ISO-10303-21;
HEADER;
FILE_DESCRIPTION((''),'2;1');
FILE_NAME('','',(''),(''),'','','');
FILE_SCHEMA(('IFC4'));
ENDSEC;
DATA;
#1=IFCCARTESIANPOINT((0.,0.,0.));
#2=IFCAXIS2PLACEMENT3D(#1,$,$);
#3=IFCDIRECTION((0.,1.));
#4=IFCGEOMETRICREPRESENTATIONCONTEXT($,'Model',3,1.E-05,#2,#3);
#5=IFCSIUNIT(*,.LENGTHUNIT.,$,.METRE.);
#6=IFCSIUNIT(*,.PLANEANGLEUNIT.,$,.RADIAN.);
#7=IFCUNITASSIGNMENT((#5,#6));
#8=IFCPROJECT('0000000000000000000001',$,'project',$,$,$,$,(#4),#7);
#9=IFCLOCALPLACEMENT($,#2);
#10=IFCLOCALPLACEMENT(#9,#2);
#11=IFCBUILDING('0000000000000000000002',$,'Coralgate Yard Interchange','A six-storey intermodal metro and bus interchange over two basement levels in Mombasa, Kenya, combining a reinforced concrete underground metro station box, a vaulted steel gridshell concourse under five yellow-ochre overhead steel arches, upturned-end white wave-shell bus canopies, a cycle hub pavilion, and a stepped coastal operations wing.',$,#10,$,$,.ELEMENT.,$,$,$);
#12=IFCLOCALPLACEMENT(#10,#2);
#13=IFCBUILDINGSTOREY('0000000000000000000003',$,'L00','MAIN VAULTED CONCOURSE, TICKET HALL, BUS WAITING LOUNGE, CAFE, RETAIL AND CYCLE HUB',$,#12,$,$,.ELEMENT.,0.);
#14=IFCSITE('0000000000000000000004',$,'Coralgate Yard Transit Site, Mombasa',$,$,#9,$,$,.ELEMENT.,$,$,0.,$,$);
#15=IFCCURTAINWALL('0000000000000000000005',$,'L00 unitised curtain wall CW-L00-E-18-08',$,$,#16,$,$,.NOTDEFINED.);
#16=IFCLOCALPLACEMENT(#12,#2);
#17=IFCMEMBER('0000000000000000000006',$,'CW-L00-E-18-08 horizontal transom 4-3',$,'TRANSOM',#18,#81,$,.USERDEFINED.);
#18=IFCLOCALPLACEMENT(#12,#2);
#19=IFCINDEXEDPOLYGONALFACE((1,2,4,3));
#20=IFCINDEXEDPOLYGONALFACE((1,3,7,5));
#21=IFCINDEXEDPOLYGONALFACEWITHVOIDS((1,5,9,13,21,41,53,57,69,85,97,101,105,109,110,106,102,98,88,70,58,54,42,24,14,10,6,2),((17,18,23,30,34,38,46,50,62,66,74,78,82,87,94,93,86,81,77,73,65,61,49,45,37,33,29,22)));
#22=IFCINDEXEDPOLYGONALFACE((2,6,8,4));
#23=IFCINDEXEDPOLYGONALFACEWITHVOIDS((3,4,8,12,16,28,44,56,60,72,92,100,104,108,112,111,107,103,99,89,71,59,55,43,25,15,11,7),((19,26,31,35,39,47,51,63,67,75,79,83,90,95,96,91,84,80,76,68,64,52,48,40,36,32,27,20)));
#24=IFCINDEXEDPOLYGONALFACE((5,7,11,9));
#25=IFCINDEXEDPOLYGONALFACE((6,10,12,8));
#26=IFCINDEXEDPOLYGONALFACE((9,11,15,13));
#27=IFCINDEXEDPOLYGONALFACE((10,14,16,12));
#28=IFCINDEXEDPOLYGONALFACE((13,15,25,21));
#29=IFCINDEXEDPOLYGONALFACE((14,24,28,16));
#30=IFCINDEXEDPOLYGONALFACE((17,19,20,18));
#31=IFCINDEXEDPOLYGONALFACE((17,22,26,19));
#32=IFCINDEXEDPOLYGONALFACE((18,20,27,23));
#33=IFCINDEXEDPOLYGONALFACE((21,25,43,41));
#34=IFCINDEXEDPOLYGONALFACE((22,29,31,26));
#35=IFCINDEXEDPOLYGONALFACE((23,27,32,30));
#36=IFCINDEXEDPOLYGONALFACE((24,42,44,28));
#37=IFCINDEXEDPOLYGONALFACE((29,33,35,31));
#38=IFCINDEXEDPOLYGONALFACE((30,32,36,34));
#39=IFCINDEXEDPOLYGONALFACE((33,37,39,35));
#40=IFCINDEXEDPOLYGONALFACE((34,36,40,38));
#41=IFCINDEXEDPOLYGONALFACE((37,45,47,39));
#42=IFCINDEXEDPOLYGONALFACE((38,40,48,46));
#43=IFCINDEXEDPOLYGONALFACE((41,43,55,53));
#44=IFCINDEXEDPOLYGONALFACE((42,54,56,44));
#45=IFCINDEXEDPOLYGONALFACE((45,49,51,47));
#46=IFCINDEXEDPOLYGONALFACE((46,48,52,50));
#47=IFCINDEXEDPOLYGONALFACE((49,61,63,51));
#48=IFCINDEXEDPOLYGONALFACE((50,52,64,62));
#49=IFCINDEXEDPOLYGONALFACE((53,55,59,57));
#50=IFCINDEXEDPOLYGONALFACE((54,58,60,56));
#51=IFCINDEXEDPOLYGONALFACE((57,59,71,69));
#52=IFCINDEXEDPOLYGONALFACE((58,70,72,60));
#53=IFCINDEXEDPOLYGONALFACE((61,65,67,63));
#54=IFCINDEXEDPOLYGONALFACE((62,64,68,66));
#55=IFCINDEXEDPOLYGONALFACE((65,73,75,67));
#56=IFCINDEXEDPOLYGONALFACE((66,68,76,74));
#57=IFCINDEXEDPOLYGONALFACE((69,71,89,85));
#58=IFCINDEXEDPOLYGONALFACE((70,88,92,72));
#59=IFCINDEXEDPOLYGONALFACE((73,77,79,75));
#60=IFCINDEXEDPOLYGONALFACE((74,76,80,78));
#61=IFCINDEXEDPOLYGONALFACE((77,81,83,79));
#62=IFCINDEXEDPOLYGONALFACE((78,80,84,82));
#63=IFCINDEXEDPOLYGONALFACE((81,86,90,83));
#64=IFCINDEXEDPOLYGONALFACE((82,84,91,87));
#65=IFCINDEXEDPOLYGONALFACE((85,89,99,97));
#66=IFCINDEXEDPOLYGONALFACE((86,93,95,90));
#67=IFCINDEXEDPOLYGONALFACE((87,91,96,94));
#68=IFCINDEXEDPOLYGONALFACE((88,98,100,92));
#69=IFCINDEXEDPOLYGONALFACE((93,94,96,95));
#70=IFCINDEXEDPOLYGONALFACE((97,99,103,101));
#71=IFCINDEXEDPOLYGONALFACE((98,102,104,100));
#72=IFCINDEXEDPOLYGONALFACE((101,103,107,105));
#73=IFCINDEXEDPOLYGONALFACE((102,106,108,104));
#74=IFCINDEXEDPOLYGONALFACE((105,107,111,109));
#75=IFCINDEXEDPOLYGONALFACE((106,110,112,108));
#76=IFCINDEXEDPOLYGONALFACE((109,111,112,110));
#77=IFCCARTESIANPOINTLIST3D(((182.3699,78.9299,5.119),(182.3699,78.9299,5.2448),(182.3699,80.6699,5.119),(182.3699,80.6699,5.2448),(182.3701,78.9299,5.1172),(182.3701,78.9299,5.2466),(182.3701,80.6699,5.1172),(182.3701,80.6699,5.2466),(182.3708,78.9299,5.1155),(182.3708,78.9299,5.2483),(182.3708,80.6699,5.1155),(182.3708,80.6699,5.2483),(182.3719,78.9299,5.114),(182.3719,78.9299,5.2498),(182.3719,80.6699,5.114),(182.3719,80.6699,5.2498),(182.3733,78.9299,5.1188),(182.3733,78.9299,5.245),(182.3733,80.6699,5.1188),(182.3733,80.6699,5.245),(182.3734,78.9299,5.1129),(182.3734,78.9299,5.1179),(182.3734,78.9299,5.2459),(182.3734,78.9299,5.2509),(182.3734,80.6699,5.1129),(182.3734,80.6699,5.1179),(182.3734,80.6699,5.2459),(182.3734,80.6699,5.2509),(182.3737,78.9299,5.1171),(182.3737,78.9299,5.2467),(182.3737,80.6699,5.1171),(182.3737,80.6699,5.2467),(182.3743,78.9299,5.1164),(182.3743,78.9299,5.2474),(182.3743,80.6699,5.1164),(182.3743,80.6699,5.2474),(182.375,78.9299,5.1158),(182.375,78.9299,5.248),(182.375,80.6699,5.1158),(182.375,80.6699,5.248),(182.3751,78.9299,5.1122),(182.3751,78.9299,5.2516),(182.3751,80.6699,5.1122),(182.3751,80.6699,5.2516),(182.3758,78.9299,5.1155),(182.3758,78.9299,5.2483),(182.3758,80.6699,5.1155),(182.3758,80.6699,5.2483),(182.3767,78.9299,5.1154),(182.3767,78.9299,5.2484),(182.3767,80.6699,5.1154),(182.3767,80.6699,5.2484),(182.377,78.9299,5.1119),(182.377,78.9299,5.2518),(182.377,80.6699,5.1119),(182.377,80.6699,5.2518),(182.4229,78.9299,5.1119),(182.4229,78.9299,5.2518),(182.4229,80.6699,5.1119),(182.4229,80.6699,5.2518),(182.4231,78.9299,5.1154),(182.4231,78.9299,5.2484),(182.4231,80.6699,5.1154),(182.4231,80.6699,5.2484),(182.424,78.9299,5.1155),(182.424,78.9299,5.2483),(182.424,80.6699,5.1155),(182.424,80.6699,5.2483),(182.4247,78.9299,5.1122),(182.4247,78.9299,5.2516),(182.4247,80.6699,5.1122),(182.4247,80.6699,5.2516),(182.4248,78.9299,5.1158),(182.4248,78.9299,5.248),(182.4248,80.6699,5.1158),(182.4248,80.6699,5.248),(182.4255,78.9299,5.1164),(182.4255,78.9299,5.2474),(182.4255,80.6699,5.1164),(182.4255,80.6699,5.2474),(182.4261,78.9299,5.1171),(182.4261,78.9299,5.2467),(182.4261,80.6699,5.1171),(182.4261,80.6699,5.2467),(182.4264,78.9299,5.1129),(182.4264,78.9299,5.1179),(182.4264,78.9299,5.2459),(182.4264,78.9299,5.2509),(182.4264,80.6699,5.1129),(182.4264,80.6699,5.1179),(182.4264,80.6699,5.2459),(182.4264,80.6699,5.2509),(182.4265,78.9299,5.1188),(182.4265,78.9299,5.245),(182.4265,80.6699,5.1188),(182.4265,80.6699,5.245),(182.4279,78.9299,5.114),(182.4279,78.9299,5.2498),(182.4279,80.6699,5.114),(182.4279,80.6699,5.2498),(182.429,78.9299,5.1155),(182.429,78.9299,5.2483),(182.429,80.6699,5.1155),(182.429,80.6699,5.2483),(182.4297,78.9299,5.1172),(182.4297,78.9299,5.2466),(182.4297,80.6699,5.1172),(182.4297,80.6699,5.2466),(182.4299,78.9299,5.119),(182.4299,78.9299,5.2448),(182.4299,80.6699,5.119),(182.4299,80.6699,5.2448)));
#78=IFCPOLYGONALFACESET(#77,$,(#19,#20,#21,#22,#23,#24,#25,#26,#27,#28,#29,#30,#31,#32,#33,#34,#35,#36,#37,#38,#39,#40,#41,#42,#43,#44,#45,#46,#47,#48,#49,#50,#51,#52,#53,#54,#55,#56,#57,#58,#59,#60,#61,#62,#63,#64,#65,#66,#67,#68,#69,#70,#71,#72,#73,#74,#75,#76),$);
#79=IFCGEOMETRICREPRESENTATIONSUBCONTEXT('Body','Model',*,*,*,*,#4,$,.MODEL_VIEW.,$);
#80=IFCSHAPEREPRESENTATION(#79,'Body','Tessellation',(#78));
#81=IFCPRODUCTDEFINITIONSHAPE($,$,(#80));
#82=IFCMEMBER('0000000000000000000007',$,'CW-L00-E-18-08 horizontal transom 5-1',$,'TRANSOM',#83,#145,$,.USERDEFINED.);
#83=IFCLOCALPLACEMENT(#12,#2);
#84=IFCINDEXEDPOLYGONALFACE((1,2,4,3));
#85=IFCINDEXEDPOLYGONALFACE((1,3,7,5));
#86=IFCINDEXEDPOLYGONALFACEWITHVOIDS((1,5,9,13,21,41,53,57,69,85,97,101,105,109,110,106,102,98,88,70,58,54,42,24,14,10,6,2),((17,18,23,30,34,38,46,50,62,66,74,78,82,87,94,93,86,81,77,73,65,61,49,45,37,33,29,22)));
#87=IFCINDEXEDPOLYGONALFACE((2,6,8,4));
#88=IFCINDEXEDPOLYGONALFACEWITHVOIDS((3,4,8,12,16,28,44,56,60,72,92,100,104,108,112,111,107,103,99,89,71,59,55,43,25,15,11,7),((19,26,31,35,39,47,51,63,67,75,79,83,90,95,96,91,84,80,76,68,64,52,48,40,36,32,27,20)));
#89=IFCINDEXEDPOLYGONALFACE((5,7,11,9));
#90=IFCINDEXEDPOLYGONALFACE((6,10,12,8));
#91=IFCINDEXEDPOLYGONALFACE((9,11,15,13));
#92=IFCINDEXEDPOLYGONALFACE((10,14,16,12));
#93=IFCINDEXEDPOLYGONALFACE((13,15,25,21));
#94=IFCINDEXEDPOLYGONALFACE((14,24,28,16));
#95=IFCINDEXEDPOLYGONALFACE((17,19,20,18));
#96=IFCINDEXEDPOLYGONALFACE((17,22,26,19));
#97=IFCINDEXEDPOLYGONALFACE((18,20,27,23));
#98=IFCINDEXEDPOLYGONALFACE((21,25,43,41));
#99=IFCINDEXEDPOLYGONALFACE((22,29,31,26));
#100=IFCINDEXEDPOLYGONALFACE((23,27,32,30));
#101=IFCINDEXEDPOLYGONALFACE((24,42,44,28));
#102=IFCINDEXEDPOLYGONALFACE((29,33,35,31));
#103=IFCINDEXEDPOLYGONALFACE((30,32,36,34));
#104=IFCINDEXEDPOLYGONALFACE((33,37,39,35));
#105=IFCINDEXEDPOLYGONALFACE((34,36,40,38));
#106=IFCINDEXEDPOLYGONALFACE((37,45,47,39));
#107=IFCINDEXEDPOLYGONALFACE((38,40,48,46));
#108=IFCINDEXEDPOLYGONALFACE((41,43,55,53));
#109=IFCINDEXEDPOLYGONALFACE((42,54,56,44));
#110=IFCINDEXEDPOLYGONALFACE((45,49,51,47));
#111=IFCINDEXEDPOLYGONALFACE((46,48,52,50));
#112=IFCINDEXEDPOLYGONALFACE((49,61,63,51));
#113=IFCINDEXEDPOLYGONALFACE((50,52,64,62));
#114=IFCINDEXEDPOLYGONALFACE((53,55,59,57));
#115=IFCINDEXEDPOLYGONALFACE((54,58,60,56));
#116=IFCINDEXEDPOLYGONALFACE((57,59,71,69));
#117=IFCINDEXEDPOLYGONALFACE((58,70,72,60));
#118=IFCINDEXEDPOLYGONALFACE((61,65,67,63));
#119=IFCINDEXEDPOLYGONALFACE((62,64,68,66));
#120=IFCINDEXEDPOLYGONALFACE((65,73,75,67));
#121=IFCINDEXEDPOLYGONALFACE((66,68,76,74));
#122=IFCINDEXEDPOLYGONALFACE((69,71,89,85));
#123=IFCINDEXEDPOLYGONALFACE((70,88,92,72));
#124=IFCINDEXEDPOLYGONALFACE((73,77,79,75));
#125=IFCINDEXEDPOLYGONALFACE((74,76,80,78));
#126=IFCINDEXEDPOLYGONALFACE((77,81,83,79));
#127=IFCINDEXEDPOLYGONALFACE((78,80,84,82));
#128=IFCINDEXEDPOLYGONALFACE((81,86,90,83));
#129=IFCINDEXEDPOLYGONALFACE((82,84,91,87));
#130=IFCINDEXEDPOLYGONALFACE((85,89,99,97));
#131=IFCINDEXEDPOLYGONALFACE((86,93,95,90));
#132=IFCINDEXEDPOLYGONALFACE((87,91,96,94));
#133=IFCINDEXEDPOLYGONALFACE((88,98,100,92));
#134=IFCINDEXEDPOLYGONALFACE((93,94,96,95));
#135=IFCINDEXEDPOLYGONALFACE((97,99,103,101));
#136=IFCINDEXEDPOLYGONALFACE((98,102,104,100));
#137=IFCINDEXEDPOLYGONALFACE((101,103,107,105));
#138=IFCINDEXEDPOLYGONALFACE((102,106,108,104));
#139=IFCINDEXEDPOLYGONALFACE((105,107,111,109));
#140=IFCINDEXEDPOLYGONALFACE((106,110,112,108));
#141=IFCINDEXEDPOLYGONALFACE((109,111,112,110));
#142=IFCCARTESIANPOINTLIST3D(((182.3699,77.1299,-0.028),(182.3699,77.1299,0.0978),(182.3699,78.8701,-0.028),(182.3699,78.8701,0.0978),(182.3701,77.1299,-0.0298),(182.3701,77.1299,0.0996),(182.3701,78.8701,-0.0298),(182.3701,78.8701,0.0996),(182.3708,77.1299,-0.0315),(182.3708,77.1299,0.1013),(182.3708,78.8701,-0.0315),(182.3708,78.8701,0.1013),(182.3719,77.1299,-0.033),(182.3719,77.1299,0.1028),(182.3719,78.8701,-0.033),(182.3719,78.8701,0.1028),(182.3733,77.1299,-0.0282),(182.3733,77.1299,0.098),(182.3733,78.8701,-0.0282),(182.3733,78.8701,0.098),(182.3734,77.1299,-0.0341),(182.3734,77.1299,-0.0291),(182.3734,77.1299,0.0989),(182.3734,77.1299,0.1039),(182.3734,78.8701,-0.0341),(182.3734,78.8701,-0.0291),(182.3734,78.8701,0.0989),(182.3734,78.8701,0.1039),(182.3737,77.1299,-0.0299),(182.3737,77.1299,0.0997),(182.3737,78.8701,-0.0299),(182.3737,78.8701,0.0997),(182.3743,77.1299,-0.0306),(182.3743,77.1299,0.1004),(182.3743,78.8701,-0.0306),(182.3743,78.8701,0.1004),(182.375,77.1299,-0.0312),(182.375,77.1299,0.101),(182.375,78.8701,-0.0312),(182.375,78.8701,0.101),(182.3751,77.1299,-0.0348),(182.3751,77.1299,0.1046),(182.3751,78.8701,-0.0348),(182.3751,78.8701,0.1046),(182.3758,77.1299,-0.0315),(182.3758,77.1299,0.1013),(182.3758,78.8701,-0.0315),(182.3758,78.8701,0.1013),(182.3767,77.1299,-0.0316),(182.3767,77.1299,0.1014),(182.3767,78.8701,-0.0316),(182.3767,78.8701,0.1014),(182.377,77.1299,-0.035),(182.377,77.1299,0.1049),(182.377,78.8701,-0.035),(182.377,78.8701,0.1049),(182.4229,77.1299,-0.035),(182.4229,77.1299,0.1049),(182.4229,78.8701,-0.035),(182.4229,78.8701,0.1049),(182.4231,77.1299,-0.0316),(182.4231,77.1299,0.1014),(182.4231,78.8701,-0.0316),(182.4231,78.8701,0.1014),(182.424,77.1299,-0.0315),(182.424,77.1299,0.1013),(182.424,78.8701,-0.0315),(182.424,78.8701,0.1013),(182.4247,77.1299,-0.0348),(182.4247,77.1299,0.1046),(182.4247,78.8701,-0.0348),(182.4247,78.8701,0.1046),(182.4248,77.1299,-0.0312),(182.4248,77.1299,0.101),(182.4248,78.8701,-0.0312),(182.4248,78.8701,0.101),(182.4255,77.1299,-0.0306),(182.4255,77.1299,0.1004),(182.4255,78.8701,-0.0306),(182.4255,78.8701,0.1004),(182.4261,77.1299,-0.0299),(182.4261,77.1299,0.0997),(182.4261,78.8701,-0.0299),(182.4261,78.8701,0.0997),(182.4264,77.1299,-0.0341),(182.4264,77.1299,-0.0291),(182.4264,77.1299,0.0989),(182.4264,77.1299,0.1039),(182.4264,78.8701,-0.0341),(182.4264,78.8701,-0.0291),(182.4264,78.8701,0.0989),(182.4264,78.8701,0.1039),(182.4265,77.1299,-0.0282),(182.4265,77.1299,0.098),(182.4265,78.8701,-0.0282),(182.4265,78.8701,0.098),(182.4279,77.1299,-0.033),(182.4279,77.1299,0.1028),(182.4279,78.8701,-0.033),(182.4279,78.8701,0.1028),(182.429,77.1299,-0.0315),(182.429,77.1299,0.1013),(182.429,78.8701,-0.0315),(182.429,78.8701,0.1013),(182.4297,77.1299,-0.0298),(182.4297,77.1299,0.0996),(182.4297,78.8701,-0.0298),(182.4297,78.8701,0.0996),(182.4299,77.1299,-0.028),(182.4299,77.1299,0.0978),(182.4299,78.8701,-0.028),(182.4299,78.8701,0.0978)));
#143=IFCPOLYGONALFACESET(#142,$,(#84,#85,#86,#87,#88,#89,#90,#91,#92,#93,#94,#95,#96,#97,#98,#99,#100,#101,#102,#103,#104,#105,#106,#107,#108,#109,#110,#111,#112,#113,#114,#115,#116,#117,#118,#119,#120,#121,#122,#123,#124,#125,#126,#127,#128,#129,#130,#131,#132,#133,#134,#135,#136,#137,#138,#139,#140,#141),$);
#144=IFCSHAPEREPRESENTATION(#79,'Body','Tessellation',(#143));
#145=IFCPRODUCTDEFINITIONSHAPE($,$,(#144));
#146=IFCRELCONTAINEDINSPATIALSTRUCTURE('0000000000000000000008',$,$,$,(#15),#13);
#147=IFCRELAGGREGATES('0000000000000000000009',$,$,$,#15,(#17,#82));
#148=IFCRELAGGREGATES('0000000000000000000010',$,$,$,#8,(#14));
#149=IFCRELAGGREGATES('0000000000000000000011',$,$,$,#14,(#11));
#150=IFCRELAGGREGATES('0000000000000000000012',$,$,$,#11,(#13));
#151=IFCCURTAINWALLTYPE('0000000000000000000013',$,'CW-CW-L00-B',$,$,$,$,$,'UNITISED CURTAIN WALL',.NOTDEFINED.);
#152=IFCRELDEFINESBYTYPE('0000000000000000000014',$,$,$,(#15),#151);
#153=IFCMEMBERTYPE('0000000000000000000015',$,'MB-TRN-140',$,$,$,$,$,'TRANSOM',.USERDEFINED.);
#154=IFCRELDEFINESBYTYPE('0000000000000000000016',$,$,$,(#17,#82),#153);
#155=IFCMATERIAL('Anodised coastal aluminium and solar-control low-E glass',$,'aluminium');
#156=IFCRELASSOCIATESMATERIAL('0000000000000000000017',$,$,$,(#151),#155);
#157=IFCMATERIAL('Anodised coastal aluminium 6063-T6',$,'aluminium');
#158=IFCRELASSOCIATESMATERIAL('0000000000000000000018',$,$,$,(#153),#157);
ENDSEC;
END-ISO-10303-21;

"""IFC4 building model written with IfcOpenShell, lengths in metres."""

from ifc_helpers import new_model, si_unit, direction, frame, origin, origin_2d, place, context, subcontext, project, spatial, hollow_rectangle, extrude, material, material_profile, profile_set, type_object, element, aggregate, save


model = new_model("IFC4")

# Units and contexts
model_context = context("Model", 3, precision=1e-05, world=origin(), true_north=direction((0.0, 1.0)))
body_context = subcontext(model_context, "Body", "Model", "MODEL_VIEW")
ifc_project = project(units=[si_unit("LENGTHUNIT", "METRE"), si_unit("PLANEANGLEUNIT", "RADIAN")], contexts=[model_context])

# Site, building, storey
site_placement = place(None, origin())
site = spatial("IfcSite", under=ifc_project, at=site_placement, Name="Coralgate Yard Transit Site, Mombasa", CompositionType="ELEMENT", RefElevation=0.0)
building_placement = place(site_placement, origin())
building = spatial("IfcBuilding", under=site, at=building_placement, Name="Coralgate Yard Interchange", Description="A six-storey intermodal metro and bus interchange over two basement levels in Mombasa, Kenya, combining a reinforced concrete underground metro station box, a vaulted steel gridshell concourse under five yellow-ochre overhead steel arches, upturned-end white wave-shell bus canopies, a cycle hub pavilion, and a stepped coastal operations wing.", CompositionType="ELEMENT")
storey_placement = place(building_placement, origin())
storey = spatial("IfcBuildingStorey", under=building, at=storey_placement, Name="L00", Description="MAIN VAULTED CONCOURSE, TICKET HALL, BUS WAITING LOUNGE, CAFE, RETAIL AND CYCLE HUB", CompositionType="ELEMENT", Elevation=0.0)

# Curtain wall, members
ifc_material_1 = material(Name="Anodised coastal aluminium and solar-control low-E glass", Category="aluminium")
curtain_wall_type = type_object("IfcCurtainWallType", Name="CW-CW-L00-B", ElementType="UNITISED CURTAIN WALL", PredefinedType="NOTDEFINED", material=ifc_material_1)
curtain_wall_placement = place(storey_placement, origin())
curtain_wall = element("IfcCurtainWall", 1, at=curtain_wall_placement, inside=storey, type_object=curtain_wall_type, Name="L00 unitised curtain wall CW-L00-E-18-08", PredefinedType="NOTDEFINED")
ifc_material_2 = material(Name="Anodised coastal aluminium 6063-T6", Category="aluminium")
ifc_material_profile_1 = material_profile(ifc_material_2, hollow_rectangle(XDim=0.0601, YDim=0.1399, WallThickness=0.0034, InnerFilletRadius=0.0034, OuterFilletRadius=0.0071, at=origin_2d()), Name="ALU 60x140x3.5")
ifc_profile_set_1 = profile_set([ifc_material_profile_1], Name="Anodised coastal aluminium 6063-T6")
member_type_1 = type_object("IfcMemberType", Name="MB-TRN-140", ElementType="TRANSOM", PredefinedType="USERDEFINED", material=ifc_profile_set_1)
member_1_placement = place(storey_placement, frame((182.3999, 80.6699, 5.1819), z_axis=(0.0, -1.0, 0.0), x_axis=(1.0, 0.0, 0.0)))
member_1 = element("IfcMember", 2, at=member_1_placement, type_object=member_type_1, Name="CW-L00-E-18-08 horizontal transom 4-3", ObjectType="TRANSOM", PredefinedType="USERDEFINED", context=body_context, shape_type="SweptSolid", body=[
    extrude(hollow_rectangle(XDim=0.0601, YDim=0.1399, WallThickness=0.0034, InnerFilletRadius=0.0034, OuterFilletRadius=0.0071, at=origin_2d()), origin(), (0.0, 0.0, 1.0), 1.74),
])
member_2_placement = place(storey_placement, frame((182.3999, 78.8701, 0.0349), z_axis=(0.0, -1.0, 0.0), x_axis=(1.0, 0.0, 0.0)))
member_2 = element("IfcMember", 3, at=member_2_placement, type_object=member_type_1, Name="CW-L00-E-18-08 horizontal transom 5-1", ObjectType="TRANSOM", PredefinedType="USERDEFINED", context=body_context, shape_type="SweptSolid", body=[
    extrude(hollow_rectangle(XDim=0.0601, YDim=0.1399, WallThickness=0.0034, InnerFilletRadius=0.0034, OuterFilletRadius=0.0071, at=origin_2d()), origin(), (0.0, 0.0, 1.0), 1.7402),
])
aggregate(curtain_wall, [member_1, member_2])

save(model, "model.ifc")
